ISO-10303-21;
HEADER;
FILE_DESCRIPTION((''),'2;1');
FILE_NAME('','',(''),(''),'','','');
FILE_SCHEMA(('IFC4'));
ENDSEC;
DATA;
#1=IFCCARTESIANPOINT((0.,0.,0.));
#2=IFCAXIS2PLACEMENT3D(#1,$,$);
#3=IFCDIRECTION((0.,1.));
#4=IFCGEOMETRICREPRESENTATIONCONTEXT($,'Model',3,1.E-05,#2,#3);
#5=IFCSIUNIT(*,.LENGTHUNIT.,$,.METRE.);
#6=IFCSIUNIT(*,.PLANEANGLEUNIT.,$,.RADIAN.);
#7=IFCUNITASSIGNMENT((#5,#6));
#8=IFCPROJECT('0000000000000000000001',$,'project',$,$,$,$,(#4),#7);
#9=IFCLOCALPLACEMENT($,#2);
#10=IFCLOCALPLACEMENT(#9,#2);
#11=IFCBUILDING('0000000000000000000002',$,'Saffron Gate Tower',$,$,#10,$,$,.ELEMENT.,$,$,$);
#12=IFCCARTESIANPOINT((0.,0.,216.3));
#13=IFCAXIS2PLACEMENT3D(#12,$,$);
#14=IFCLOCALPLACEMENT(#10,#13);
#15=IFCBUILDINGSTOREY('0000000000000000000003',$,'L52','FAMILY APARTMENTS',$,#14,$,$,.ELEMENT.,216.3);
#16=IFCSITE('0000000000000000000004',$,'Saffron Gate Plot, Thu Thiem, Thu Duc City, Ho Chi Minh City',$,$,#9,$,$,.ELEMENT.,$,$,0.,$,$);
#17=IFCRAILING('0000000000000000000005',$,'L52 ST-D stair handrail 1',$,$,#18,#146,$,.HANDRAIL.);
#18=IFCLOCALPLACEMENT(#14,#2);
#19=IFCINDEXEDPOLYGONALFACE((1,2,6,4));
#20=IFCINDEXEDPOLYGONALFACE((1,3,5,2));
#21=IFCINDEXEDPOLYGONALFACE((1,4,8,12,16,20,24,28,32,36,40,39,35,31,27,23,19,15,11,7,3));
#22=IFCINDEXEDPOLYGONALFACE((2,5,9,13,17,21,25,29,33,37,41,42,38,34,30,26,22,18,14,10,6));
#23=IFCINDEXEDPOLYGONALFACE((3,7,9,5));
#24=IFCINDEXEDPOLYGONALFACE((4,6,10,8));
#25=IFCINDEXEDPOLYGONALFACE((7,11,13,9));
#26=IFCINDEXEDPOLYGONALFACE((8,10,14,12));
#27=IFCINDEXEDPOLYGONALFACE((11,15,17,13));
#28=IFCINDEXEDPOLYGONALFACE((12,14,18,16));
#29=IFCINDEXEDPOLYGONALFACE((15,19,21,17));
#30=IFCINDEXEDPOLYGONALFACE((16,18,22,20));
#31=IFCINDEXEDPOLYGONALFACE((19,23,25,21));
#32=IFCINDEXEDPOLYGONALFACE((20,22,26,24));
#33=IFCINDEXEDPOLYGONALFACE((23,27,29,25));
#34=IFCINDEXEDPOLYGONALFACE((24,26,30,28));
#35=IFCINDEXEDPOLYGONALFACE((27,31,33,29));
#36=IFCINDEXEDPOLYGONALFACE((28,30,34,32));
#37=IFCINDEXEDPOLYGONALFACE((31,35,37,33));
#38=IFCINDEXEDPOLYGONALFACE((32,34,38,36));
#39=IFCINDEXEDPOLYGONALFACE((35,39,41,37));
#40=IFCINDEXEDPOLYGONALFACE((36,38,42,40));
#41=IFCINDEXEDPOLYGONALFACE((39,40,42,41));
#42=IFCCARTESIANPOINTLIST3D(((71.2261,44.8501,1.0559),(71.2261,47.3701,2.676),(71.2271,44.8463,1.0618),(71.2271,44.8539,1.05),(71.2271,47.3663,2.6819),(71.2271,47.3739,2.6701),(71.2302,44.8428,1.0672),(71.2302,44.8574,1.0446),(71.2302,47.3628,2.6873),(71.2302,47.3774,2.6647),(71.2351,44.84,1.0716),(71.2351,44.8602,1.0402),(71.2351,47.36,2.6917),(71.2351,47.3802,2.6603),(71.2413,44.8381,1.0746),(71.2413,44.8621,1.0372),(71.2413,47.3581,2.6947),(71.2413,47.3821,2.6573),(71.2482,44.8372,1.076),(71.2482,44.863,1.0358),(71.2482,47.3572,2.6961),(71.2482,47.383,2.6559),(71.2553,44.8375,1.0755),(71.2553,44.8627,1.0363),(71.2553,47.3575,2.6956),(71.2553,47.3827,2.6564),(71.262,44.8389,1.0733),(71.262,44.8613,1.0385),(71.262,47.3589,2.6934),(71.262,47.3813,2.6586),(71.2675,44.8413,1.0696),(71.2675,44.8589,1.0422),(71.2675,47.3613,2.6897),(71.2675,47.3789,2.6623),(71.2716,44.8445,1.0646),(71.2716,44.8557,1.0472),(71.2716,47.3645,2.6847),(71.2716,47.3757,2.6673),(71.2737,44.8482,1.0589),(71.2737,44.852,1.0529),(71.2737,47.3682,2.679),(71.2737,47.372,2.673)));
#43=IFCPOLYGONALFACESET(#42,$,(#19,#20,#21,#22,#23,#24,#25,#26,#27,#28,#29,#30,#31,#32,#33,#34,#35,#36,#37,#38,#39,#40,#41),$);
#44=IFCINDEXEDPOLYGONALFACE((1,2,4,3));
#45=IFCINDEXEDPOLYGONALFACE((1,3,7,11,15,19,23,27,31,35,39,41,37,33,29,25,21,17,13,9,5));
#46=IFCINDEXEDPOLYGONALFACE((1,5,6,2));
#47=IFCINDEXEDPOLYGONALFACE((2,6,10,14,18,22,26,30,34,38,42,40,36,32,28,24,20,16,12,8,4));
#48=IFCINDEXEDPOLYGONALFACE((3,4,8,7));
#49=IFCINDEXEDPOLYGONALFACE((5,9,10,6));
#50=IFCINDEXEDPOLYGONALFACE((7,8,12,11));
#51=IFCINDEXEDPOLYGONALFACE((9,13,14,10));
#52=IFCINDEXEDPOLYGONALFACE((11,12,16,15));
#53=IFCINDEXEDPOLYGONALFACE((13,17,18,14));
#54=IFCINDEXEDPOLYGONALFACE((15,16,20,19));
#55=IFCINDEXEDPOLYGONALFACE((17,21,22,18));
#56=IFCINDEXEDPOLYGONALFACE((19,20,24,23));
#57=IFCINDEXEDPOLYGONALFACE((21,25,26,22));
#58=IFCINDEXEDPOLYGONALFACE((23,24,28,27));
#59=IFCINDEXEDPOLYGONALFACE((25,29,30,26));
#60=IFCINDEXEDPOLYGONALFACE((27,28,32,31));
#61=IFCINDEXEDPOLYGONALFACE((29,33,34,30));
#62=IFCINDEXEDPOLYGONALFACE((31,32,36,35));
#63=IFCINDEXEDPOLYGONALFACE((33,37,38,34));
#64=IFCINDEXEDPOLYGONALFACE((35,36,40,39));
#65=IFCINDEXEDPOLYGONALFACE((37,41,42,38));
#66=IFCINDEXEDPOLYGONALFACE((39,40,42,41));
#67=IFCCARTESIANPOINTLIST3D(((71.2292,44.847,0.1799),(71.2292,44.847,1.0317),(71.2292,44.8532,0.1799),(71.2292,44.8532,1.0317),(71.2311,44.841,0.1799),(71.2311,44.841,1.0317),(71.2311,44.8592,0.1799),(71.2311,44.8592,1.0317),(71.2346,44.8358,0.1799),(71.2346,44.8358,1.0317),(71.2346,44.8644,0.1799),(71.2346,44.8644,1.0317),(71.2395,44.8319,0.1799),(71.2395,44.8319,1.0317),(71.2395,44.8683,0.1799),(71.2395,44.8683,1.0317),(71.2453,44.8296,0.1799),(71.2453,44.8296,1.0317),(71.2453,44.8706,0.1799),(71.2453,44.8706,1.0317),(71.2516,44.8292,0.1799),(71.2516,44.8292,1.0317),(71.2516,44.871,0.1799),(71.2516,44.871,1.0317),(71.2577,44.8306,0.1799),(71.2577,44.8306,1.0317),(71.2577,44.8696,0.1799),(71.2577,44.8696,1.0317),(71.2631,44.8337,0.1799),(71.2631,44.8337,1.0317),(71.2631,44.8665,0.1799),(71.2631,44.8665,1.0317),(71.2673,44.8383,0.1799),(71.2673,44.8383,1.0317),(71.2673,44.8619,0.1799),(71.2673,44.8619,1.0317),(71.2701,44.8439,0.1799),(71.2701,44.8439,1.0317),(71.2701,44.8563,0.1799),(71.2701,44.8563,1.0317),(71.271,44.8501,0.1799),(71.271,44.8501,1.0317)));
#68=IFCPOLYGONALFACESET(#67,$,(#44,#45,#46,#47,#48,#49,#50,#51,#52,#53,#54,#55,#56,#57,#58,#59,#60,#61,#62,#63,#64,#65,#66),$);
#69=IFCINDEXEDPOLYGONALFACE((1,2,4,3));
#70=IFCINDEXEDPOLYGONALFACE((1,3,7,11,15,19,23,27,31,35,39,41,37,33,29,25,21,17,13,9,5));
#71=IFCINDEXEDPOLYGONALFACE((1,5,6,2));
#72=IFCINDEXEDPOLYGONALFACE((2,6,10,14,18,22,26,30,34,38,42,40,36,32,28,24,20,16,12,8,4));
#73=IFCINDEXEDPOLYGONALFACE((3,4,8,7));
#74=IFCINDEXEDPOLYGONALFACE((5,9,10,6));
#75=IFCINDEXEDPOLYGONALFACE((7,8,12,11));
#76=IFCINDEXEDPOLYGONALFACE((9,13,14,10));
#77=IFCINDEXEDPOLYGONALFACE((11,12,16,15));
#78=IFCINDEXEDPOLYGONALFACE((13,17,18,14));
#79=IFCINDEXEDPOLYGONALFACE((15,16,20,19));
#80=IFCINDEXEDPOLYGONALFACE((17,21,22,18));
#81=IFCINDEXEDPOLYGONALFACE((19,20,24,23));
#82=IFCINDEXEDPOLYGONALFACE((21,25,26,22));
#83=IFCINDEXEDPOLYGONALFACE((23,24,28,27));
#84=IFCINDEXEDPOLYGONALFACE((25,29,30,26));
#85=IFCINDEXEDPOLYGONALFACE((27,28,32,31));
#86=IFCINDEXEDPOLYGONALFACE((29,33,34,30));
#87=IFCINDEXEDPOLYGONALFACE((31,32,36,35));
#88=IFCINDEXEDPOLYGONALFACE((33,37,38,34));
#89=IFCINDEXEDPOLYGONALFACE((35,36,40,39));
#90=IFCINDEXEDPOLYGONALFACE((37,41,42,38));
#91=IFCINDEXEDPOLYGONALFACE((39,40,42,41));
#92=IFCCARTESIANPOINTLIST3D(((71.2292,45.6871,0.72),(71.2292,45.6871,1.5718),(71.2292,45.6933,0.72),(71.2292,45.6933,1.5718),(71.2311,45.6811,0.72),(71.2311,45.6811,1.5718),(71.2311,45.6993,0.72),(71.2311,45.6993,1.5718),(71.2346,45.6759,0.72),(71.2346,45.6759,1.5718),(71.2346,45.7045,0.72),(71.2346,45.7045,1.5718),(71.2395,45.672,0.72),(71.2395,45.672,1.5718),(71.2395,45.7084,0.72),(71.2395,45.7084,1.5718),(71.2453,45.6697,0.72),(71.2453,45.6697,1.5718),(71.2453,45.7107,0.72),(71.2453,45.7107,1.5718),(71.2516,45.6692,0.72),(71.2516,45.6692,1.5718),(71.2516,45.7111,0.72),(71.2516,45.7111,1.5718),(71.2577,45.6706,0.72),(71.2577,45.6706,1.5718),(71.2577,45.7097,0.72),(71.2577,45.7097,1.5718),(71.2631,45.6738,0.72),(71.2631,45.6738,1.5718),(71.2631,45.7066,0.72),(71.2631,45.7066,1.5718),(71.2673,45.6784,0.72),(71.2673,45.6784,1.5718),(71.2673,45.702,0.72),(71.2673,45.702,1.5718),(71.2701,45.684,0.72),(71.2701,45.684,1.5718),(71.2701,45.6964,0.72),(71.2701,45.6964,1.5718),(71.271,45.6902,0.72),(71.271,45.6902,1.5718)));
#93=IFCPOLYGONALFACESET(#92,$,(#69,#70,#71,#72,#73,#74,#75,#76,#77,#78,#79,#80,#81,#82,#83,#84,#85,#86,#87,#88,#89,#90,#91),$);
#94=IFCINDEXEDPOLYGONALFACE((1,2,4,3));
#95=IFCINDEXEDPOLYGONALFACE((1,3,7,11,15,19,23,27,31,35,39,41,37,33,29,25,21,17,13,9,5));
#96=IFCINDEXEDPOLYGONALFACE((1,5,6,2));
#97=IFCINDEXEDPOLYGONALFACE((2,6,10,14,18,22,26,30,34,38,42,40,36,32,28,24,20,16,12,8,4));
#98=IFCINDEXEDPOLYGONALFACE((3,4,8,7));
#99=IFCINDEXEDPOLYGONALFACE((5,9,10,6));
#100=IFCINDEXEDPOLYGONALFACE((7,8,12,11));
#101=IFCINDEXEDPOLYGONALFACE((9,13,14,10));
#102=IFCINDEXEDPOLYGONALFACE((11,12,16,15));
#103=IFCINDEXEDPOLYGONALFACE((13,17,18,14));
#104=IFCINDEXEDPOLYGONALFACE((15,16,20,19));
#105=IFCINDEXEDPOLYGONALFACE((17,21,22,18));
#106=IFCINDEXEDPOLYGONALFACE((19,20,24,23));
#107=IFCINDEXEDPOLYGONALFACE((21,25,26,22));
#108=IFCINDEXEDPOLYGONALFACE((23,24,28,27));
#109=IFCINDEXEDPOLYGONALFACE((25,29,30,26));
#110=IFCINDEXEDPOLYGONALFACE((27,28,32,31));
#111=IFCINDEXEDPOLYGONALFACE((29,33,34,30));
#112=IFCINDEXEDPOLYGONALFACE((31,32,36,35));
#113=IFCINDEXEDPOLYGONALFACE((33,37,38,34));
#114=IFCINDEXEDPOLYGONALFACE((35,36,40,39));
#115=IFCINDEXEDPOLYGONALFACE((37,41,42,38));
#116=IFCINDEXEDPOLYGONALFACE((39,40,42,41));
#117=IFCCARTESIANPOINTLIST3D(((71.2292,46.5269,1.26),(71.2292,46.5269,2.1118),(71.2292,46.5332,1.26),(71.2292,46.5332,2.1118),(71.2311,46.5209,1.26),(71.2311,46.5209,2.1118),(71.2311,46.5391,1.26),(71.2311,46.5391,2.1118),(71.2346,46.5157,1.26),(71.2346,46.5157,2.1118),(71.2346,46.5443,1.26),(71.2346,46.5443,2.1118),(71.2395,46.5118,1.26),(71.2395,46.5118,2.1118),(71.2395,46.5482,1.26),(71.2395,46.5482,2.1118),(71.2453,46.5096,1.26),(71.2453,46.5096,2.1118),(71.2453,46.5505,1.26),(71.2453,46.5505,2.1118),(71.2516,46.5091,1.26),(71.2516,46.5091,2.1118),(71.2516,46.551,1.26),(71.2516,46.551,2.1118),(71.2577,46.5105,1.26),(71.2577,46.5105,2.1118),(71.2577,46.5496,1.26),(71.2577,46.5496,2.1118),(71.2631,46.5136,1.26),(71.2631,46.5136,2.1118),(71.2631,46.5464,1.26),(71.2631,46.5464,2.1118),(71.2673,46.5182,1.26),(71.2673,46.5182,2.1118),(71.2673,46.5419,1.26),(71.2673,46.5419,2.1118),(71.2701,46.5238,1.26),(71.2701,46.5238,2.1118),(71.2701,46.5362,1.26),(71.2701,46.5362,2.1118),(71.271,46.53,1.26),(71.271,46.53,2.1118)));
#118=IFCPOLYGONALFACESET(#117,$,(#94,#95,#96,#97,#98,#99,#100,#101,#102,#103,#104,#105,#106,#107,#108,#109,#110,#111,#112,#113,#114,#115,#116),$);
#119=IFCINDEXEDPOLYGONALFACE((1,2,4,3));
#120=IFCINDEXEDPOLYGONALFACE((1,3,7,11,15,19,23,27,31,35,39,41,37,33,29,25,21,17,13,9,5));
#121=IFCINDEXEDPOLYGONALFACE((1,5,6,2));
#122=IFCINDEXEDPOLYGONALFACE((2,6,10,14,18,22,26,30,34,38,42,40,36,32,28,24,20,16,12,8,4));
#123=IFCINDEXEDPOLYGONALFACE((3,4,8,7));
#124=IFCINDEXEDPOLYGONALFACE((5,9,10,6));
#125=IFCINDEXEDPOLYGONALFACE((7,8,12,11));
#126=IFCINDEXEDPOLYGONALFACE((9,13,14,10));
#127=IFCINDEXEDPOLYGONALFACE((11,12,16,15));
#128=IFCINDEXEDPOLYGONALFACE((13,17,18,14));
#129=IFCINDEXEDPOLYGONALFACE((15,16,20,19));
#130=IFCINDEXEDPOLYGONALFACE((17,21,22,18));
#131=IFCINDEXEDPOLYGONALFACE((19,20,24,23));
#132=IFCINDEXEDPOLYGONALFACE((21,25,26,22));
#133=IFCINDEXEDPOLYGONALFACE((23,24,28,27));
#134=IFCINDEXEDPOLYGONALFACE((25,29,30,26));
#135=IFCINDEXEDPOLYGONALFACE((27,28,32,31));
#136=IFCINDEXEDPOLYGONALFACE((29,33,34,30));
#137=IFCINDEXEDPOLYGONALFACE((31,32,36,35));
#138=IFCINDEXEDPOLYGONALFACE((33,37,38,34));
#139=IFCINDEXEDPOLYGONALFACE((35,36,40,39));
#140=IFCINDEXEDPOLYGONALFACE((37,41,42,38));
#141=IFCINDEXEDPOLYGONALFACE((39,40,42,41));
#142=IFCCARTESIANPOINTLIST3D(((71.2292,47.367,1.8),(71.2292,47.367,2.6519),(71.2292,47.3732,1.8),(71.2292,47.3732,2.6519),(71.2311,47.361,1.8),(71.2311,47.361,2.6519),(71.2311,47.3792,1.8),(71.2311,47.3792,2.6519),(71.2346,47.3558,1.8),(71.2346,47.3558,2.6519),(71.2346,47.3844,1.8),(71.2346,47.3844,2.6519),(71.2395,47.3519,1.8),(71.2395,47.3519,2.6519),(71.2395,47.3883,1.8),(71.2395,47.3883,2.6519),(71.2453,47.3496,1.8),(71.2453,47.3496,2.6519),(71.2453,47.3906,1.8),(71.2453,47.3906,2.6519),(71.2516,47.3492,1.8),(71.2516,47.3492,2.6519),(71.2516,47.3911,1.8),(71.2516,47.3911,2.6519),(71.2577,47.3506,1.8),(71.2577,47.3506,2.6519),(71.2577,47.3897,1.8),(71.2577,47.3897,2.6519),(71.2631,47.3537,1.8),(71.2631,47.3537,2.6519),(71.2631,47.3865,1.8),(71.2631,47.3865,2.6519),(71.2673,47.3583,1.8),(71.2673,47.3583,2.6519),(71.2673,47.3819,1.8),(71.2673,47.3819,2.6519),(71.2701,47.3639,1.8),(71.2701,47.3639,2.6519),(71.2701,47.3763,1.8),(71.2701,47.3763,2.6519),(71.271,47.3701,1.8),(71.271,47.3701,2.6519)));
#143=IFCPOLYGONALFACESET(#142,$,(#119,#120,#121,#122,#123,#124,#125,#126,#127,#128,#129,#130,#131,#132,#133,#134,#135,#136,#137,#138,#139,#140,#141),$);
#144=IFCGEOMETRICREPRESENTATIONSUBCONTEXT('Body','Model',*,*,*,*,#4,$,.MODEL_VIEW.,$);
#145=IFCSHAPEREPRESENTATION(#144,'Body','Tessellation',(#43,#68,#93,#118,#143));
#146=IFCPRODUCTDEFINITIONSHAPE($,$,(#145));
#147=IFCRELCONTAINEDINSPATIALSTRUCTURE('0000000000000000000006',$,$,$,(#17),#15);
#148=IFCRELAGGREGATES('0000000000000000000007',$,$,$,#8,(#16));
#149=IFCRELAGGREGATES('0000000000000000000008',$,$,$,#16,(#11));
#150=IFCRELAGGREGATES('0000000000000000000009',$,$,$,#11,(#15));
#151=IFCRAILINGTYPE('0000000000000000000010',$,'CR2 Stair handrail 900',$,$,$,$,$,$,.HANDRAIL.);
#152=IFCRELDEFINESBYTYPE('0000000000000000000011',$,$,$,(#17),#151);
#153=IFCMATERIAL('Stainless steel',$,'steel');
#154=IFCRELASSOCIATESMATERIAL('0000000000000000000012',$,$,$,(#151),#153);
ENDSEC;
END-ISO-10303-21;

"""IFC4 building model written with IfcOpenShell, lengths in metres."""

from ifc_helpers import new_model, si_unit, direction, frame, origin, origin_2d, place, context, subcontext, project, spatial, circle, extrude, material, type_object, element, save


model = new_model("IFC4")

# Units and contexts
model_context = context("Model", 3, precision=1e-05, world=origin(), true_north=direction((0.0, 1.0)))
body_context = subcontext(model_context, "Body", "Model", "MODEL_VIEW")
ifc_project = project(units=[si_unit("LENGTHUNIT", "METRE"), si_unit("PLANEANGLEUNIT", "RADIAN")], contexts=[model_context])

# Site, building, storey
site_placement = place(None, origin())
site = spatial("IfcSite", under=ifc_project, at=site_placement, Name="Saffron Gate Plot, Thu Thiem, Thu Duc City, Ho Chi Minh City", CompositionType="ELEMENT", RefElevation=0.0)
building_placement = place(site_placement, origin())
building = spatial("IfcBuilding", under=site, at=building_placement, Name="Saffron Gate Tower", CompositionType="ELEMENT")
storey_placement = place(building_placement, frame((0.0, 0.0, 216.3)))
storey = spatial("IfcBuildingStorey", under=building, at=storey_placement, Name="L52", Description="FAMILY APARTMENTS", CompositionType="ELEMENT", Elevation=216.3)

# Railing
ifc_material_1 = material(Name="Stainless steel", Category="steel")
railing_type_1 = type_object("IfcRailingType", Name="CR2 Stair handrail 900", PredefinedType="HANDRAIL", material=ifc_material_1)
railing_1_placement = place(storey_placement, frame((71.25, 44.8501, 0.1799)))
element("IfcRailing", 1, at=railing_1_placement, inside=storey, type_object=railing_type_1, Name="L52 ST-D stair handrail 1", PredefinedType="HANDRAIL", context=body_context, shape_type="SweptSolid", body=[
    extrude(circle(Radius=0.0239, at=origin_2d()), frame((0.0, 0.0, 0.876), z_axis=(0.0, 0.841163, 0.540782), x_axis=(-1.0, 0.0, 0.0)), (0.0, 0.0, 1.0), 2.9958),
    extrude(circle(Radius=0.021, at=origin_2d()), origin(), (0.0, 0.0, 1.0), 0.8518),
    extrude(circle(Radius=0.021, at=origin_2d()), frame((0.0, 0.8401, 0.54)), (0.0, 0.0, 1.0), 0.8518),
    extrude(circle(Radius=0.021, at=origin_2d()), frame((0.0, 1.6799, 1.0801)), (0.0, 0.0, 1.0), 0.8518),
    extrude(circle(Radius=0.021, at=origin_2d()), frame((0.0, 2.52, 1.6201)), (0.0, 0.0, 1.0), 0.8518),
])

save(model, "model.ifc")
